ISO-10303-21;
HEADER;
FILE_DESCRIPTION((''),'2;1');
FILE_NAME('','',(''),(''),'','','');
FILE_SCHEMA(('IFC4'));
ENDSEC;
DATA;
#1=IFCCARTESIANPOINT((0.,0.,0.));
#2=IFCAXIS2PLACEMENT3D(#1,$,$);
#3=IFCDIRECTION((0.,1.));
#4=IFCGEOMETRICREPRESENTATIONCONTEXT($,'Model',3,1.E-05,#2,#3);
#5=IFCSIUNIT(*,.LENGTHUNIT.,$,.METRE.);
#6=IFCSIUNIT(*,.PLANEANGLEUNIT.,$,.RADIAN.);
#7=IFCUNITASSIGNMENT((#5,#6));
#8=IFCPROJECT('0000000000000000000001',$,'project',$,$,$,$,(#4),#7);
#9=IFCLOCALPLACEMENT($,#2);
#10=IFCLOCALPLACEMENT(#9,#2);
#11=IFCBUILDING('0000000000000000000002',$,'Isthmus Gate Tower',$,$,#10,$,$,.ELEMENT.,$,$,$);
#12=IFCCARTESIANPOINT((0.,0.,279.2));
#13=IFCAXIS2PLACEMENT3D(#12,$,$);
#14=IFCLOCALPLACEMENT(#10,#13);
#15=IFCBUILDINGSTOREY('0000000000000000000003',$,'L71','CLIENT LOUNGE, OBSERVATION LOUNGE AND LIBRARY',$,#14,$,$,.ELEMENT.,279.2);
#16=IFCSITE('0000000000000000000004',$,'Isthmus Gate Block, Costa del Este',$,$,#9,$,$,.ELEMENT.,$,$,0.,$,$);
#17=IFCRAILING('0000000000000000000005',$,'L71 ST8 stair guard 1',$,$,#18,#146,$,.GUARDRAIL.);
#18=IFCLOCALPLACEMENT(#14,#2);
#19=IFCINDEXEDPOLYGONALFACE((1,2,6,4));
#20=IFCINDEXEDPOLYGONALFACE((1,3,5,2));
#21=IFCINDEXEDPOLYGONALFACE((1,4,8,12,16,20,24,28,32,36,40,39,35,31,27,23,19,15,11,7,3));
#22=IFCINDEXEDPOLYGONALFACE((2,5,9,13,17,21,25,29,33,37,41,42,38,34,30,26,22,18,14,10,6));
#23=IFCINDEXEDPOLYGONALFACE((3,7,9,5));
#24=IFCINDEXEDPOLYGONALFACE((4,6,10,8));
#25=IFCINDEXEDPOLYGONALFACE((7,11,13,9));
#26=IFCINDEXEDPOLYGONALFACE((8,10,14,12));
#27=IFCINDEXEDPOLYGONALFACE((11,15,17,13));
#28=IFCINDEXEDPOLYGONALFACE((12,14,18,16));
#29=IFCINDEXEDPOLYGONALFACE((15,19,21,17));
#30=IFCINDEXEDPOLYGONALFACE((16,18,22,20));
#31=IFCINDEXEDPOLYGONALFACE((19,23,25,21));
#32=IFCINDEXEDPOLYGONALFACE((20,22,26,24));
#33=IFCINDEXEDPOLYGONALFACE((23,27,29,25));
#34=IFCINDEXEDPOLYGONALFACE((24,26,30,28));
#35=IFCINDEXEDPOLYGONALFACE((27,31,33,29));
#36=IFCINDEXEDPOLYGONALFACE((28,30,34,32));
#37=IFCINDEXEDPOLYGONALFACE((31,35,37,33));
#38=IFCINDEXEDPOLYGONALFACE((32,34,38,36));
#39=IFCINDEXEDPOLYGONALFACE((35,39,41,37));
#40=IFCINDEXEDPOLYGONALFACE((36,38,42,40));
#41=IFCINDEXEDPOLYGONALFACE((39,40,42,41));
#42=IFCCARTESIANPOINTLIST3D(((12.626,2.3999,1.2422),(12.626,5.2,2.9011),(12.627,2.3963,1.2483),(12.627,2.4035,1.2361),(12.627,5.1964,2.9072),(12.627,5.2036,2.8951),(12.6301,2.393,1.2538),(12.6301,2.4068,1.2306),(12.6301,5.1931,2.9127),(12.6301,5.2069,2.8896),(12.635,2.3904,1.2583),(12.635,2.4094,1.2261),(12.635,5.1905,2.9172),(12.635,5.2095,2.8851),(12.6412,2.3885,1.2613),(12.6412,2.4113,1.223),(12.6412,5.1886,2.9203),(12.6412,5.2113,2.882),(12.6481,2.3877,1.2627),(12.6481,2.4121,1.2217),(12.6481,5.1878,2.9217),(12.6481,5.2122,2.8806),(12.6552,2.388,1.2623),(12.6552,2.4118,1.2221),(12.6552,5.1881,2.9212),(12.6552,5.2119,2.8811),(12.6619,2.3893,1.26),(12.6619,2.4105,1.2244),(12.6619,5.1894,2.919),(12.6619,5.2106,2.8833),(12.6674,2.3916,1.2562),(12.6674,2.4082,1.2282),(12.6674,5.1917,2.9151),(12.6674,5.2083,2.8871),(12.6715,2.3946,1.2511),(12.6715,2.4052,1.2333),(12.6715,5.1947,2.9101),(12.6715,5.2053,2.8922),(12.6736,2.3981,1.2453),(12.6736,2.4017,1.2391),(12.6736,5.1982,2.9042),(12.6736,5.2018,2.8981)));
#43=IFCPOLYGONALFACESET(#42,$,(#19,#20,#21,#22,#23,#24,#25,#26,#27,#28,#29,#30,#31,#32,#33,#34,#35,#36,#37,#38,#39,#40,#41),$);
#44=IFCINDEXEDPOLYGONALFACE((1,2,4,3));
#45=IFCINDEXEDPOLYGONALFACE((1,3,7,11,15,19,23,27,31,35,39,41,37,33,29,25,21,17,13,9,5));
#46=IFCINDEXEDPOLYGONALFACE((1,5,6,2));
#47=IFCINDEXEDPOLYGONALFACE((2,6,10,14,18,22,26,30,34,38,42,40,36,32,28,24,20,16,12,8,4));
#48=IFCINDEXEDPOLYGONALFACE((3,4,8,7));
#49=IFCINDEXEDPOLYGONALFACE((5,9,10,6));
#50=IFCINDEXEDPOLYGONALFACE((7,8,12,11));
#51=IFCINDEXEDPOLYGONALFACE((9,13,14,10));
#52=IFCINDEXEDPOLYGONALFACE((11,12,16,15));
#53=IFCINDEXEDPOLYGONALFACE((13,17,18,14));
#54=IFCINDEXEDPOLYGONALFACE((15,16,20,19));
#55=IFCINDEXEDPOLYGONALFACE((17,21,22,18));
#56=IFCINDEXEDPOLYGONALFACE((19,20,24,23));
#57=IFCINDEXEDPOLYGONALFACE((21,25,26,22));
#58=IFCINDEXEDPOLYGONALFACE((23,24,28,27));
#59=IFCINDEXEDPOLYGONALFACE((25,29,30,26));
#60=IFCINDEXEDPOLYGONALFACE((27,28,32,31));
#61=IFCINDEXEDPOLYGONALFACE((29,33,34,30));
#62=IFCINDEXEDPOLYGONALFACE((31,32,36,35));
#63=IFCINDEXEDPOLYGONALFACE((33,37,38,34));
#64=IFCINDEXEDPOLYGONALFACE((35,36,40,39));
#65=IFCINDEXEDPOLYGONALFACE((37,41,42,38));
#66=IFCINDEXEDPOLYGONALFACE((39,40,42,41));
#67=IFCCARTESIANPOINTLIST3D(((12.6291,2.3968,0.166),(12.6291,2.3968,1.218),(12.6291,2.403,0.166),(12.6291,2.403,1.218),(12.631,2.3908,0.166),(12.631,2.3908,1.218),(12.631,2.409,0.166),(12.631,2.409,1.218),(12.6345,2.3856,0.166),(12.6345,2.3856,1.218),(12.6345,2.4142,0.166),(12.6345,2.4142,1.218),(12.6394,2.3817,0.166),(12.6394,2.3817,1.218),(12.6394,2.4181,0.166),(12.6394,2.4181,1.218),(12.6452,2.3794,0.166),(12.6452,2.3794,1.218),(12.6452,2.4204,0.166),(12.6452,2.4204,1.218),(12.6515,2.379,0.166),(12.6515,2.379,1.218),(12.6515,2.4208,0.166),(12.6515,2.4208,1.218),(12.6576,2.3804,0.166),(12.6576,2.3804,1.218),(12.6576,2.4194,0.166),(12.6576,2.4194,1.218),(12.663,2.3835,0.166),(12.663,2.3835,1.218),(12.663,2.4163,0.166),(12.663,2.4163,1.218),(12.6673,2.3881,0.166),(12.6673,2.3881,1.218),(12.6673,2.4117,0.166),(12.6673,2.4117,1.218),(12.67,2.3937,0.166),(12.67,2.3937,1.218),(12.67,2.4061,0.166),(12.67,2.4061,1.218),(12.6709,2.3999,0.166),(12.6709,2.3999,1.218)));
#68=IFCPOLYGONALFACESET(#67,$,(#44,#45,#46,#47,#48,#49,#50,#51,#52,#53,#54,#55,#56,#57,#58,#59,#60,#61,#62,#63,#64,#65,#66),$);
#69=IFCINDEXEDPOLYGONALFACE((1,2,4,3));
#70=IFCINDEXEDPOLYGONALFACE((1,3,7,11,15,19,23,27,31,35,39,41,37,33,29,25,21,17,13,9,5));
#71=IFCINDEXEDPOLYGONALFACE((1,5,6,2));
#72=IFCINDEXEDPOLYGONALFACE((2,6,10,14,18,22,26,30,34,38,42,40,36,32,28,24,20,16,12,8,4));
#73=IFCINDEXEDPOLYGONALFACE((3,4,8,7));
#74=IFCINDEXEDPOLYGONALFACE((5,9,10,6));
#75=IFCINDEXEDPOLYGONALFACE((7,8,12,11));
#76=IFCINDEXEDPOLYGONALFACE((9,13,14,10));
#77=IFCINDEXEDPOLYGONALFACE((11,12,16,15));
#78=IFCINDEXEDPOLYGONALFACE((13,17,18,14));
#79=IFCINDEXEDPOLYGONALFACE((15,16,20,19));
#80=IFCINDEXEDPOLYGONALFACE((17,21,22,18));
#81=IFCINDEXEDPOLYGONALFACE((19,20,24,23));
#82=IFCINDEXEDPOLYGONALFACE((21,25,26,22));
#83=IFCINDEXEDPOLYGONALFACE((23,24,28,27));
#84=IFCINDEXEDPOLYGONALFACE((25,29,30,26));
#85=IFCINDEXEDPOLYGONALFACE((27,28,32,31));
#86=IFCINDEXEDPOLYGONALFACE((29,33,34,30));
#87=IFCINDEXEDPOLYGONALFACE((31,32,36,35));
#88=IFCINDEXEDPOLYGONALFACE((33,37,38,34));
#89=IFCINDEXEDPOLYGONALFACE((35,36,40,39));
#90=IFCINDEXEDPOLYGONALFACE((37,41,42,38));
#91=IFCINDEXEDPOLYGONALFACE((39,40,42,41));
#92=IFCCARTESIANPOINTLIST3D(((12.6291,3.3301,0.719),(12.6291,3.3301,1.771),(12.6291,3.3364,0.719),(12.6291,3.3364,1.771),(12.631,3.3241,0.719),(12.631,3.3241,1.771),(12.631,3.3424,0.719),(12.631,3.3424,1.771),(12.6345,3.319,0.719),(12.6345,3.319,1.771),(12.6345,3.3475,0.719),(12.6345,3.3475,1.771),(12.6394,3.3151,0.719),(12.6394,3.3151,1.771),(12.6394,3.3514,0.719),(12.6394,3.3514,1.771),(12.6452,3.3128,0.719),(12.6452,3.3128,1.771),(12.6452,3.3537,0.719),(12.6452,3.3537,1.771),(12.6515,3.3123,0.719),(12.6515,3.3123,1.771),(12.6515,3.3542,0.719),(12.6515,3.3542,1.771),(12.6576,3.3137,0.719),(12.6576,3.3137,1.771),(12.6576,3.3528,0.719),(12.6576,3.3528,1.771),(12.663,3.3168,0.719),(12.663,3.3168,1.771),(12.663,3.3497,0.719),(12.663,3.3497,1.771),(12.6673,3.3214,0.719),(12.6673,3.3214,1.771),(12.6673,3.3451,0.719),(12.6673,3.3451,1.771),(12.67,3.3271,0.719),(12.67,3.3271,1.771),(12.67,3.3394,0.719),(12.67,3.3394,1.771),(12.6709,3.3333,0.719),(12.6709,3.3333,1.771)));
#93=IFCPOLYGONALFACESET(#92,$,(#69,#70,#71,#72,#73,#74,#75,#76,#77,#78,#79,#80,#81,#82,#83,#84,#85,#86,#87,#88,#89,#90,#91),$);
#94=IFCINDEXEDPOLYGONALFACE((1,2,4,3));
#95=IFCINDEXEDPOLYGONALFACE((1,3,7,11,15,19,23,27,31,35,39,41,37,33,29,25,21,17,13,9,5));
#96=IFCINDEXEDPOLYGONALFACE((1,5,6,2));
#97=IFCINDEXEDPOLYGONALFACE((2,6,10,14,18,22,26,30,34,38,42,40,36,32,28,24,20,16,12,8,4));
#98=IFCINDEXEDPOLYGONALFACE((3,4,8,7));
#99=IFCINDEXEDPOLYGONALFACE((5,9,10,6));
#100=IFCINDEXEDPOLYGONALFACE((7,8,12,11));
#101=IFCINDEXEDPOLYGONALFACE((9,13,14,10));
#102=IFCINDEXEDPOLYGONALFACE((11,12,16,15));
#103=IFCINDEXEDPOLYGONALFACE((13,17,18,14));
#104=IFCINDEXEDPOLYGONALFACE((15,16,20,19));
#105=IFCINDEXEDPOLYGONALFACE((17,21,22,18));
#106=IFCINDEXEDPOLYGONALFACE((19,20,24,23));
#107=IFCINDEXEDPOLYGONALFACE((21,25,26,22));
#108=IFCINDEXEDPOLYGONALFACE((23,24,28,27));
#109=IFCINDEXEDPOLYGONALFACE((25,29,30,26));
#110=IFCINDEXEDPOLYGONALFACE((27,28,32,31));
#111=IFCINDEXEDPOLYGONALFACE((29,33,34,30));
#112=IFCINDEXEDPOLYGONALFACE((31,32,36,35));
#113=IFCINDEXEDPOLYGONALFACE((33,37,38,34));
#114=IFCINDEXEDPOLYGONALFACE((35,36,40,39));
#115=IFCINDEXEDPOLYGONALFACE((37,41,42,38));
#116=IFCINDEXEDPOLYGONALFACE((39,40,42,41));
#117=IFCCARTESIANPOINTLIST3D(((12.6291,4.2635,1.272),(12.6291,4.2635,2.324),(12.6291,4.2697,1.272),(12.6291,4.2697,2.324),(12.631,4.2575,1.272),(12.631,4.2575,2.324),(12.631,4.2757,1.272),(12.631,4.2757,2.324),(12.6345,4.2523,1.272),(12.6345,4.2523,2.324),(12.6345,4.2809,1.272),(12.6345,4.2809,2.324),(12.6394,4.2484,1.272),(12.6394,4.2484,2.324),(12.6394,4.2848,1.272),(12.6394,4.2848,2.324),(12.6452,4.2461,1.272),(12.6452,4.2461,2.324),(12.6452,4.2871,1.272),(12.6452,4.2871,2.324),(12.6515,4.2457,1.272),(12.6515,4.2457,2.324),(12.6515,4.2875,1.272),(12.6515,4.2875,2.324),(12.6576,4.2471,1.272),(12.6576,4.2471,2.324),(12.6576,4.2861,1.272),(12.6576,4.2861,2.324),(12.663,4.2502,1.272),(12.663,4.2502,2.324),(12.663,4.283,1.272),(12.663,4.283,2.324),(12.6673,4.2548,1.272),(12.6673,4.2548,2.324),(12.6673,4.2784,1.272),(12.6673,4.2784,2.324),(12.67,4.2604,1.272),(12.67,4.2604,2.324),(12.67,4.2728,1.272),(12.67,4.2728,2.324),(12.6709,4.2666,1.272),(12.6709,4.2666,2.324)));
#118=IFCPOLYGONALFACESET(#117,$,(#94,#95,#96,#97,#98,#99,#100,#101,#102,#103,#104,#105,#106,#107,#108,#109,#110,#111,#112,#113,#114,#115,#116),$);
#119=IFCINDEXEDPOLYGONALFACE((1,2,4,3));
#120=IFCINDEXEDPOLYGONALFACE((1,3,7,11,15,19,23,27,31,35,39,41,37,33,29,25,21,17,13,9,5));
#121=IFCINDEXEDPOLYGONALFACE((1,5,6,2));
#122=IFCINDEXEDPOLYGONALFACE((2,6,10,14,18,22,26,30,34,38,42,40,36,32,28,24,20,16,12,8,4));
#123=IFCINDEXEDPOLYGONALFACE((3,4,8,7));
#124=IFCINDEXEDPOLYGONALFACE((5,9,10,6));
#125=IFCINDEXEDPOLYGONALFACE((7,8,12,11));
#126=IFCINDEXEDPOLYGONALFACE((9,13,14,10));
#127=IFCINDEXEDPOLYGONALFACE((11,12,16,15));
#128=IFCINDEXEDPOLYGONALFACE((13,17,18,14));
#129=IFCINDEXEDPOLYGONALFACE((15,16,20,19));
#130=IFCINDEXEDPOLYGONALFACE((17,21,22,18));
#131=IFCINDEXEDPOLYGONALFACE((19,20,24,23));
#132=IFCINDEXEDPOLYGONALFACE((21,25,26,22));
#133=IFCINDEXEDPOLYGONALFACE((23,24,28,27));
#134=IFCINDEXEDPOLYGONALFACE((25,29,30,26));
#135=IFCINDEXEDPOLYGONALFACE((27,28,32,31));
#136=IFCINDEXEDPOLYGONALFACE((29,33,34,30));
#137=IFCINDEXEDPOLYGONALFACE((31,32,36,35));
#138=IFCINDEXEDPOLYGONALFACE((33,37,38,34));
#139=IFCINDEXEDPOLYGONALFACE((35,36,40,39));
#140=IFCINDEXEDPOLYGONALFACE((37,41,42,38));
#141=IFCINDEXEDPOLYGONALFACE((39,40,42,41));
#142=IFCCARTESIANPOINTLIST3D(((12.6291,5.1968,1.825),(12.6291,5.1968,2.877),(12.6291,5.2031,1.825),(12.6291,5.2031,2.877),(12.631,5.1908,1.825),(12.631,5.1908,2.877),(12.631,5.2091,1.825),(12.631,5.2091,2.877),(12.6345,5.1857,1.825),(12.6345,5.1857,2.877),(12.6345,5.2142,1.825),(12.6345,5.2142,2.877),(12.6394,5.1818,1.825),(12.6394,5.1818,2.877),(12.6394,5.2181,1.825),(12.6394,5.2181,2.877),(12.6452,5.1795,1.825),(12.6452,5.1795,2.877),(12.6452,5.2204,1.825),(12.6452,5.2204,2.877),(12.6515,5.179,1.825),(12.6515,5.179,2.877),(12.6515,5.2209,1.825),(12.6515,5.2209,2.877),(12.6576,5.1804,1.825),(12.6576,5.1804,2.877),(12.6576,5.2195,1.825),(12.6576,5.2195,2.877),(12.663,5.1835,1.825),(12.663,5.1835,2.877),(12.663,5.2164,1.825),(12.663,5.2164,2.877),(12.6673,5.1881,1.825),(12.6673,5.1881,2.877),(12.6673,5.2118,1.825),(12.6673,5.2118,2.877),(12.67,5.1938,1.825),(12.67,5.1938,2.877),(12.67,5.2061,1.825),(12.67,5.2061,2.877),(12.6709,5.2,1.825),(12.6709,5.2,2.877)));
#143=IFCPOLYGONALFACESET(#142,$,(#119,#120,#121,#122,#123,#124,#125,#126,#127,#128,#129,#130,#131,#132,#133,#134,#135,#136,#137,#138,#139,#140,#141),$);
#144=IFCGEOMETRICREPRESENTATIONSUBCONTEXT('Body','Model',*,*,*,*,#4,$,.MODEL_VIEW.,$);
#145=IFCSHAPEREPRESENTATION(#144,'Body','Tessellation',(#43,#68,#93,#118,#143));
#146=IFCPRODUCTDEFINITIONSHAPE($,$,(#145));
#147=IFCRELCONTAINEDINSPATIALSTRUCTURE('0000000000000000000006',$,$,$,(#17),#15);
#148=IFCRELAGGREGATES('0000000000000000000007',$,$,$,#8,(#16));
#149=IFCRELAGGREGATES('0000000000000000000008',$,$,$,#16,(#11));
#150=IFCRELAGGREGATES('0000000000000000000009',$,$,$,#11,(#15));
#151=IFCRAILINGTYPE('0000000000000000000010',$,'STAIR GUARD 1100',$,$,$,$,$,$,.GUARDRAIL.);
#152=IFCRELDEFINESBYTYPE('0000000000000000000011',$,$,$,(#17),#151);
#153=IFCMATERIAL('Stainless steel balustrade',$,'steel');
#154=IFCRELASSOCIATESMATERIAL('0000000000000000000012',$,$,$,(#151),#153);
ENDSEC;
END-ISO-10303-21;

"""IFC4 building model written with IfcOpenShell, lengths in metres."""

from ifc_helpers import new_model, si_unit, direction, frame, origin, origin_2d, place, context, subcontext, project, spatial, circle, extrude, material, type_object, element, save


model = new_model("IFC4")

# Units and contexts
model_context = context("Model", 3, precision=1e-05, world=origin(), true_north=direction((0.0, 1.0)))
body_context = subcontext(model_context, "Body", "Model", "MODEL_VIEW")
ifc_project = project(units=[si_unit("LENGTHUNIT", "METRE"), si_unit("PLANEANGLEUNIT", "RADIAN")], contexts=[model_context])

# Site, building, storey
site_placement = place(None, origin())
site = spatial("IfcSite", under=ifc_project, at=site_placement, Name="Isthmus Gate Block, Costa del Este", CompositionType="ELEMENT", RefElevation=0.0)
building_placement = place(site_placement, origin())
building = spatial("IfcBuilding", under=site, at=building_placement, Name="Isthmus Gate Tower", CompositionType="ELEMENT")
storey_placement = place(building_placement, frame((0.0, 0.0, 279.2)))
storey = spatial("IfcBuildingStorey", under=building, at=storey_placement, Name="L71", Description="CLIENT LOUNGE, OBSERVATION LOUNGE AND LIBRARY", CompositionType="ELEMENT", Elevation=279.2)

# Railing
ifc_material_1 = material(Name="Stainless steel balustrade", Category="steel")
railing_type_1 = type_object("IfcRailingType", Name="STAIR GUARD 1100", PredefinedType="GUARDRAIL", material=ifc_material_1)
railing_1_placement = place(storey_placement, frame((12.6499, 2.3999, 0.166)))
element("IfcRailing", 1, at=railing_1_placement, inside=storey, type_object=railing_type_1, Name="L71 ST8 stair guard 1", PredefinedType="GUARDRAIL", context=body_context, shape_type="SweptSolid", body=[
    extrude(circle(Radius=0.0239, at=origin_2d()), frame((0.0, 0.0, 1.0762), z_axis=(0.0, 0.860339, 0.509722), x_axis=(-1.0, 0.0, 0.0)), (0.0, 0.0, 1.0), 3.2546),
    extrude(circle(Radius=0.021, at=origin_2d()), origin(), (0.0, 0.0, 1.0), 1.052),
    extrude(circle(Radius=0.021, at=origin_2d()), frame((0.0, 0.9333, 0.553)), (0.0, 0.0, 1.0), 1.052),
    extrude(circle(Radius=0.021, at=origin_2d()), frame((0.0, 1.8667, 1.106)), (0.0, 0.0, 1.0), 1.052),
    extrude(circle(Radius=0.021, at=origin_2d()), frame((0.0, 2.8, 1.6589)), (0.0, 0.0, 1.0), 1.052),
])

save(model, "model.ifc")
